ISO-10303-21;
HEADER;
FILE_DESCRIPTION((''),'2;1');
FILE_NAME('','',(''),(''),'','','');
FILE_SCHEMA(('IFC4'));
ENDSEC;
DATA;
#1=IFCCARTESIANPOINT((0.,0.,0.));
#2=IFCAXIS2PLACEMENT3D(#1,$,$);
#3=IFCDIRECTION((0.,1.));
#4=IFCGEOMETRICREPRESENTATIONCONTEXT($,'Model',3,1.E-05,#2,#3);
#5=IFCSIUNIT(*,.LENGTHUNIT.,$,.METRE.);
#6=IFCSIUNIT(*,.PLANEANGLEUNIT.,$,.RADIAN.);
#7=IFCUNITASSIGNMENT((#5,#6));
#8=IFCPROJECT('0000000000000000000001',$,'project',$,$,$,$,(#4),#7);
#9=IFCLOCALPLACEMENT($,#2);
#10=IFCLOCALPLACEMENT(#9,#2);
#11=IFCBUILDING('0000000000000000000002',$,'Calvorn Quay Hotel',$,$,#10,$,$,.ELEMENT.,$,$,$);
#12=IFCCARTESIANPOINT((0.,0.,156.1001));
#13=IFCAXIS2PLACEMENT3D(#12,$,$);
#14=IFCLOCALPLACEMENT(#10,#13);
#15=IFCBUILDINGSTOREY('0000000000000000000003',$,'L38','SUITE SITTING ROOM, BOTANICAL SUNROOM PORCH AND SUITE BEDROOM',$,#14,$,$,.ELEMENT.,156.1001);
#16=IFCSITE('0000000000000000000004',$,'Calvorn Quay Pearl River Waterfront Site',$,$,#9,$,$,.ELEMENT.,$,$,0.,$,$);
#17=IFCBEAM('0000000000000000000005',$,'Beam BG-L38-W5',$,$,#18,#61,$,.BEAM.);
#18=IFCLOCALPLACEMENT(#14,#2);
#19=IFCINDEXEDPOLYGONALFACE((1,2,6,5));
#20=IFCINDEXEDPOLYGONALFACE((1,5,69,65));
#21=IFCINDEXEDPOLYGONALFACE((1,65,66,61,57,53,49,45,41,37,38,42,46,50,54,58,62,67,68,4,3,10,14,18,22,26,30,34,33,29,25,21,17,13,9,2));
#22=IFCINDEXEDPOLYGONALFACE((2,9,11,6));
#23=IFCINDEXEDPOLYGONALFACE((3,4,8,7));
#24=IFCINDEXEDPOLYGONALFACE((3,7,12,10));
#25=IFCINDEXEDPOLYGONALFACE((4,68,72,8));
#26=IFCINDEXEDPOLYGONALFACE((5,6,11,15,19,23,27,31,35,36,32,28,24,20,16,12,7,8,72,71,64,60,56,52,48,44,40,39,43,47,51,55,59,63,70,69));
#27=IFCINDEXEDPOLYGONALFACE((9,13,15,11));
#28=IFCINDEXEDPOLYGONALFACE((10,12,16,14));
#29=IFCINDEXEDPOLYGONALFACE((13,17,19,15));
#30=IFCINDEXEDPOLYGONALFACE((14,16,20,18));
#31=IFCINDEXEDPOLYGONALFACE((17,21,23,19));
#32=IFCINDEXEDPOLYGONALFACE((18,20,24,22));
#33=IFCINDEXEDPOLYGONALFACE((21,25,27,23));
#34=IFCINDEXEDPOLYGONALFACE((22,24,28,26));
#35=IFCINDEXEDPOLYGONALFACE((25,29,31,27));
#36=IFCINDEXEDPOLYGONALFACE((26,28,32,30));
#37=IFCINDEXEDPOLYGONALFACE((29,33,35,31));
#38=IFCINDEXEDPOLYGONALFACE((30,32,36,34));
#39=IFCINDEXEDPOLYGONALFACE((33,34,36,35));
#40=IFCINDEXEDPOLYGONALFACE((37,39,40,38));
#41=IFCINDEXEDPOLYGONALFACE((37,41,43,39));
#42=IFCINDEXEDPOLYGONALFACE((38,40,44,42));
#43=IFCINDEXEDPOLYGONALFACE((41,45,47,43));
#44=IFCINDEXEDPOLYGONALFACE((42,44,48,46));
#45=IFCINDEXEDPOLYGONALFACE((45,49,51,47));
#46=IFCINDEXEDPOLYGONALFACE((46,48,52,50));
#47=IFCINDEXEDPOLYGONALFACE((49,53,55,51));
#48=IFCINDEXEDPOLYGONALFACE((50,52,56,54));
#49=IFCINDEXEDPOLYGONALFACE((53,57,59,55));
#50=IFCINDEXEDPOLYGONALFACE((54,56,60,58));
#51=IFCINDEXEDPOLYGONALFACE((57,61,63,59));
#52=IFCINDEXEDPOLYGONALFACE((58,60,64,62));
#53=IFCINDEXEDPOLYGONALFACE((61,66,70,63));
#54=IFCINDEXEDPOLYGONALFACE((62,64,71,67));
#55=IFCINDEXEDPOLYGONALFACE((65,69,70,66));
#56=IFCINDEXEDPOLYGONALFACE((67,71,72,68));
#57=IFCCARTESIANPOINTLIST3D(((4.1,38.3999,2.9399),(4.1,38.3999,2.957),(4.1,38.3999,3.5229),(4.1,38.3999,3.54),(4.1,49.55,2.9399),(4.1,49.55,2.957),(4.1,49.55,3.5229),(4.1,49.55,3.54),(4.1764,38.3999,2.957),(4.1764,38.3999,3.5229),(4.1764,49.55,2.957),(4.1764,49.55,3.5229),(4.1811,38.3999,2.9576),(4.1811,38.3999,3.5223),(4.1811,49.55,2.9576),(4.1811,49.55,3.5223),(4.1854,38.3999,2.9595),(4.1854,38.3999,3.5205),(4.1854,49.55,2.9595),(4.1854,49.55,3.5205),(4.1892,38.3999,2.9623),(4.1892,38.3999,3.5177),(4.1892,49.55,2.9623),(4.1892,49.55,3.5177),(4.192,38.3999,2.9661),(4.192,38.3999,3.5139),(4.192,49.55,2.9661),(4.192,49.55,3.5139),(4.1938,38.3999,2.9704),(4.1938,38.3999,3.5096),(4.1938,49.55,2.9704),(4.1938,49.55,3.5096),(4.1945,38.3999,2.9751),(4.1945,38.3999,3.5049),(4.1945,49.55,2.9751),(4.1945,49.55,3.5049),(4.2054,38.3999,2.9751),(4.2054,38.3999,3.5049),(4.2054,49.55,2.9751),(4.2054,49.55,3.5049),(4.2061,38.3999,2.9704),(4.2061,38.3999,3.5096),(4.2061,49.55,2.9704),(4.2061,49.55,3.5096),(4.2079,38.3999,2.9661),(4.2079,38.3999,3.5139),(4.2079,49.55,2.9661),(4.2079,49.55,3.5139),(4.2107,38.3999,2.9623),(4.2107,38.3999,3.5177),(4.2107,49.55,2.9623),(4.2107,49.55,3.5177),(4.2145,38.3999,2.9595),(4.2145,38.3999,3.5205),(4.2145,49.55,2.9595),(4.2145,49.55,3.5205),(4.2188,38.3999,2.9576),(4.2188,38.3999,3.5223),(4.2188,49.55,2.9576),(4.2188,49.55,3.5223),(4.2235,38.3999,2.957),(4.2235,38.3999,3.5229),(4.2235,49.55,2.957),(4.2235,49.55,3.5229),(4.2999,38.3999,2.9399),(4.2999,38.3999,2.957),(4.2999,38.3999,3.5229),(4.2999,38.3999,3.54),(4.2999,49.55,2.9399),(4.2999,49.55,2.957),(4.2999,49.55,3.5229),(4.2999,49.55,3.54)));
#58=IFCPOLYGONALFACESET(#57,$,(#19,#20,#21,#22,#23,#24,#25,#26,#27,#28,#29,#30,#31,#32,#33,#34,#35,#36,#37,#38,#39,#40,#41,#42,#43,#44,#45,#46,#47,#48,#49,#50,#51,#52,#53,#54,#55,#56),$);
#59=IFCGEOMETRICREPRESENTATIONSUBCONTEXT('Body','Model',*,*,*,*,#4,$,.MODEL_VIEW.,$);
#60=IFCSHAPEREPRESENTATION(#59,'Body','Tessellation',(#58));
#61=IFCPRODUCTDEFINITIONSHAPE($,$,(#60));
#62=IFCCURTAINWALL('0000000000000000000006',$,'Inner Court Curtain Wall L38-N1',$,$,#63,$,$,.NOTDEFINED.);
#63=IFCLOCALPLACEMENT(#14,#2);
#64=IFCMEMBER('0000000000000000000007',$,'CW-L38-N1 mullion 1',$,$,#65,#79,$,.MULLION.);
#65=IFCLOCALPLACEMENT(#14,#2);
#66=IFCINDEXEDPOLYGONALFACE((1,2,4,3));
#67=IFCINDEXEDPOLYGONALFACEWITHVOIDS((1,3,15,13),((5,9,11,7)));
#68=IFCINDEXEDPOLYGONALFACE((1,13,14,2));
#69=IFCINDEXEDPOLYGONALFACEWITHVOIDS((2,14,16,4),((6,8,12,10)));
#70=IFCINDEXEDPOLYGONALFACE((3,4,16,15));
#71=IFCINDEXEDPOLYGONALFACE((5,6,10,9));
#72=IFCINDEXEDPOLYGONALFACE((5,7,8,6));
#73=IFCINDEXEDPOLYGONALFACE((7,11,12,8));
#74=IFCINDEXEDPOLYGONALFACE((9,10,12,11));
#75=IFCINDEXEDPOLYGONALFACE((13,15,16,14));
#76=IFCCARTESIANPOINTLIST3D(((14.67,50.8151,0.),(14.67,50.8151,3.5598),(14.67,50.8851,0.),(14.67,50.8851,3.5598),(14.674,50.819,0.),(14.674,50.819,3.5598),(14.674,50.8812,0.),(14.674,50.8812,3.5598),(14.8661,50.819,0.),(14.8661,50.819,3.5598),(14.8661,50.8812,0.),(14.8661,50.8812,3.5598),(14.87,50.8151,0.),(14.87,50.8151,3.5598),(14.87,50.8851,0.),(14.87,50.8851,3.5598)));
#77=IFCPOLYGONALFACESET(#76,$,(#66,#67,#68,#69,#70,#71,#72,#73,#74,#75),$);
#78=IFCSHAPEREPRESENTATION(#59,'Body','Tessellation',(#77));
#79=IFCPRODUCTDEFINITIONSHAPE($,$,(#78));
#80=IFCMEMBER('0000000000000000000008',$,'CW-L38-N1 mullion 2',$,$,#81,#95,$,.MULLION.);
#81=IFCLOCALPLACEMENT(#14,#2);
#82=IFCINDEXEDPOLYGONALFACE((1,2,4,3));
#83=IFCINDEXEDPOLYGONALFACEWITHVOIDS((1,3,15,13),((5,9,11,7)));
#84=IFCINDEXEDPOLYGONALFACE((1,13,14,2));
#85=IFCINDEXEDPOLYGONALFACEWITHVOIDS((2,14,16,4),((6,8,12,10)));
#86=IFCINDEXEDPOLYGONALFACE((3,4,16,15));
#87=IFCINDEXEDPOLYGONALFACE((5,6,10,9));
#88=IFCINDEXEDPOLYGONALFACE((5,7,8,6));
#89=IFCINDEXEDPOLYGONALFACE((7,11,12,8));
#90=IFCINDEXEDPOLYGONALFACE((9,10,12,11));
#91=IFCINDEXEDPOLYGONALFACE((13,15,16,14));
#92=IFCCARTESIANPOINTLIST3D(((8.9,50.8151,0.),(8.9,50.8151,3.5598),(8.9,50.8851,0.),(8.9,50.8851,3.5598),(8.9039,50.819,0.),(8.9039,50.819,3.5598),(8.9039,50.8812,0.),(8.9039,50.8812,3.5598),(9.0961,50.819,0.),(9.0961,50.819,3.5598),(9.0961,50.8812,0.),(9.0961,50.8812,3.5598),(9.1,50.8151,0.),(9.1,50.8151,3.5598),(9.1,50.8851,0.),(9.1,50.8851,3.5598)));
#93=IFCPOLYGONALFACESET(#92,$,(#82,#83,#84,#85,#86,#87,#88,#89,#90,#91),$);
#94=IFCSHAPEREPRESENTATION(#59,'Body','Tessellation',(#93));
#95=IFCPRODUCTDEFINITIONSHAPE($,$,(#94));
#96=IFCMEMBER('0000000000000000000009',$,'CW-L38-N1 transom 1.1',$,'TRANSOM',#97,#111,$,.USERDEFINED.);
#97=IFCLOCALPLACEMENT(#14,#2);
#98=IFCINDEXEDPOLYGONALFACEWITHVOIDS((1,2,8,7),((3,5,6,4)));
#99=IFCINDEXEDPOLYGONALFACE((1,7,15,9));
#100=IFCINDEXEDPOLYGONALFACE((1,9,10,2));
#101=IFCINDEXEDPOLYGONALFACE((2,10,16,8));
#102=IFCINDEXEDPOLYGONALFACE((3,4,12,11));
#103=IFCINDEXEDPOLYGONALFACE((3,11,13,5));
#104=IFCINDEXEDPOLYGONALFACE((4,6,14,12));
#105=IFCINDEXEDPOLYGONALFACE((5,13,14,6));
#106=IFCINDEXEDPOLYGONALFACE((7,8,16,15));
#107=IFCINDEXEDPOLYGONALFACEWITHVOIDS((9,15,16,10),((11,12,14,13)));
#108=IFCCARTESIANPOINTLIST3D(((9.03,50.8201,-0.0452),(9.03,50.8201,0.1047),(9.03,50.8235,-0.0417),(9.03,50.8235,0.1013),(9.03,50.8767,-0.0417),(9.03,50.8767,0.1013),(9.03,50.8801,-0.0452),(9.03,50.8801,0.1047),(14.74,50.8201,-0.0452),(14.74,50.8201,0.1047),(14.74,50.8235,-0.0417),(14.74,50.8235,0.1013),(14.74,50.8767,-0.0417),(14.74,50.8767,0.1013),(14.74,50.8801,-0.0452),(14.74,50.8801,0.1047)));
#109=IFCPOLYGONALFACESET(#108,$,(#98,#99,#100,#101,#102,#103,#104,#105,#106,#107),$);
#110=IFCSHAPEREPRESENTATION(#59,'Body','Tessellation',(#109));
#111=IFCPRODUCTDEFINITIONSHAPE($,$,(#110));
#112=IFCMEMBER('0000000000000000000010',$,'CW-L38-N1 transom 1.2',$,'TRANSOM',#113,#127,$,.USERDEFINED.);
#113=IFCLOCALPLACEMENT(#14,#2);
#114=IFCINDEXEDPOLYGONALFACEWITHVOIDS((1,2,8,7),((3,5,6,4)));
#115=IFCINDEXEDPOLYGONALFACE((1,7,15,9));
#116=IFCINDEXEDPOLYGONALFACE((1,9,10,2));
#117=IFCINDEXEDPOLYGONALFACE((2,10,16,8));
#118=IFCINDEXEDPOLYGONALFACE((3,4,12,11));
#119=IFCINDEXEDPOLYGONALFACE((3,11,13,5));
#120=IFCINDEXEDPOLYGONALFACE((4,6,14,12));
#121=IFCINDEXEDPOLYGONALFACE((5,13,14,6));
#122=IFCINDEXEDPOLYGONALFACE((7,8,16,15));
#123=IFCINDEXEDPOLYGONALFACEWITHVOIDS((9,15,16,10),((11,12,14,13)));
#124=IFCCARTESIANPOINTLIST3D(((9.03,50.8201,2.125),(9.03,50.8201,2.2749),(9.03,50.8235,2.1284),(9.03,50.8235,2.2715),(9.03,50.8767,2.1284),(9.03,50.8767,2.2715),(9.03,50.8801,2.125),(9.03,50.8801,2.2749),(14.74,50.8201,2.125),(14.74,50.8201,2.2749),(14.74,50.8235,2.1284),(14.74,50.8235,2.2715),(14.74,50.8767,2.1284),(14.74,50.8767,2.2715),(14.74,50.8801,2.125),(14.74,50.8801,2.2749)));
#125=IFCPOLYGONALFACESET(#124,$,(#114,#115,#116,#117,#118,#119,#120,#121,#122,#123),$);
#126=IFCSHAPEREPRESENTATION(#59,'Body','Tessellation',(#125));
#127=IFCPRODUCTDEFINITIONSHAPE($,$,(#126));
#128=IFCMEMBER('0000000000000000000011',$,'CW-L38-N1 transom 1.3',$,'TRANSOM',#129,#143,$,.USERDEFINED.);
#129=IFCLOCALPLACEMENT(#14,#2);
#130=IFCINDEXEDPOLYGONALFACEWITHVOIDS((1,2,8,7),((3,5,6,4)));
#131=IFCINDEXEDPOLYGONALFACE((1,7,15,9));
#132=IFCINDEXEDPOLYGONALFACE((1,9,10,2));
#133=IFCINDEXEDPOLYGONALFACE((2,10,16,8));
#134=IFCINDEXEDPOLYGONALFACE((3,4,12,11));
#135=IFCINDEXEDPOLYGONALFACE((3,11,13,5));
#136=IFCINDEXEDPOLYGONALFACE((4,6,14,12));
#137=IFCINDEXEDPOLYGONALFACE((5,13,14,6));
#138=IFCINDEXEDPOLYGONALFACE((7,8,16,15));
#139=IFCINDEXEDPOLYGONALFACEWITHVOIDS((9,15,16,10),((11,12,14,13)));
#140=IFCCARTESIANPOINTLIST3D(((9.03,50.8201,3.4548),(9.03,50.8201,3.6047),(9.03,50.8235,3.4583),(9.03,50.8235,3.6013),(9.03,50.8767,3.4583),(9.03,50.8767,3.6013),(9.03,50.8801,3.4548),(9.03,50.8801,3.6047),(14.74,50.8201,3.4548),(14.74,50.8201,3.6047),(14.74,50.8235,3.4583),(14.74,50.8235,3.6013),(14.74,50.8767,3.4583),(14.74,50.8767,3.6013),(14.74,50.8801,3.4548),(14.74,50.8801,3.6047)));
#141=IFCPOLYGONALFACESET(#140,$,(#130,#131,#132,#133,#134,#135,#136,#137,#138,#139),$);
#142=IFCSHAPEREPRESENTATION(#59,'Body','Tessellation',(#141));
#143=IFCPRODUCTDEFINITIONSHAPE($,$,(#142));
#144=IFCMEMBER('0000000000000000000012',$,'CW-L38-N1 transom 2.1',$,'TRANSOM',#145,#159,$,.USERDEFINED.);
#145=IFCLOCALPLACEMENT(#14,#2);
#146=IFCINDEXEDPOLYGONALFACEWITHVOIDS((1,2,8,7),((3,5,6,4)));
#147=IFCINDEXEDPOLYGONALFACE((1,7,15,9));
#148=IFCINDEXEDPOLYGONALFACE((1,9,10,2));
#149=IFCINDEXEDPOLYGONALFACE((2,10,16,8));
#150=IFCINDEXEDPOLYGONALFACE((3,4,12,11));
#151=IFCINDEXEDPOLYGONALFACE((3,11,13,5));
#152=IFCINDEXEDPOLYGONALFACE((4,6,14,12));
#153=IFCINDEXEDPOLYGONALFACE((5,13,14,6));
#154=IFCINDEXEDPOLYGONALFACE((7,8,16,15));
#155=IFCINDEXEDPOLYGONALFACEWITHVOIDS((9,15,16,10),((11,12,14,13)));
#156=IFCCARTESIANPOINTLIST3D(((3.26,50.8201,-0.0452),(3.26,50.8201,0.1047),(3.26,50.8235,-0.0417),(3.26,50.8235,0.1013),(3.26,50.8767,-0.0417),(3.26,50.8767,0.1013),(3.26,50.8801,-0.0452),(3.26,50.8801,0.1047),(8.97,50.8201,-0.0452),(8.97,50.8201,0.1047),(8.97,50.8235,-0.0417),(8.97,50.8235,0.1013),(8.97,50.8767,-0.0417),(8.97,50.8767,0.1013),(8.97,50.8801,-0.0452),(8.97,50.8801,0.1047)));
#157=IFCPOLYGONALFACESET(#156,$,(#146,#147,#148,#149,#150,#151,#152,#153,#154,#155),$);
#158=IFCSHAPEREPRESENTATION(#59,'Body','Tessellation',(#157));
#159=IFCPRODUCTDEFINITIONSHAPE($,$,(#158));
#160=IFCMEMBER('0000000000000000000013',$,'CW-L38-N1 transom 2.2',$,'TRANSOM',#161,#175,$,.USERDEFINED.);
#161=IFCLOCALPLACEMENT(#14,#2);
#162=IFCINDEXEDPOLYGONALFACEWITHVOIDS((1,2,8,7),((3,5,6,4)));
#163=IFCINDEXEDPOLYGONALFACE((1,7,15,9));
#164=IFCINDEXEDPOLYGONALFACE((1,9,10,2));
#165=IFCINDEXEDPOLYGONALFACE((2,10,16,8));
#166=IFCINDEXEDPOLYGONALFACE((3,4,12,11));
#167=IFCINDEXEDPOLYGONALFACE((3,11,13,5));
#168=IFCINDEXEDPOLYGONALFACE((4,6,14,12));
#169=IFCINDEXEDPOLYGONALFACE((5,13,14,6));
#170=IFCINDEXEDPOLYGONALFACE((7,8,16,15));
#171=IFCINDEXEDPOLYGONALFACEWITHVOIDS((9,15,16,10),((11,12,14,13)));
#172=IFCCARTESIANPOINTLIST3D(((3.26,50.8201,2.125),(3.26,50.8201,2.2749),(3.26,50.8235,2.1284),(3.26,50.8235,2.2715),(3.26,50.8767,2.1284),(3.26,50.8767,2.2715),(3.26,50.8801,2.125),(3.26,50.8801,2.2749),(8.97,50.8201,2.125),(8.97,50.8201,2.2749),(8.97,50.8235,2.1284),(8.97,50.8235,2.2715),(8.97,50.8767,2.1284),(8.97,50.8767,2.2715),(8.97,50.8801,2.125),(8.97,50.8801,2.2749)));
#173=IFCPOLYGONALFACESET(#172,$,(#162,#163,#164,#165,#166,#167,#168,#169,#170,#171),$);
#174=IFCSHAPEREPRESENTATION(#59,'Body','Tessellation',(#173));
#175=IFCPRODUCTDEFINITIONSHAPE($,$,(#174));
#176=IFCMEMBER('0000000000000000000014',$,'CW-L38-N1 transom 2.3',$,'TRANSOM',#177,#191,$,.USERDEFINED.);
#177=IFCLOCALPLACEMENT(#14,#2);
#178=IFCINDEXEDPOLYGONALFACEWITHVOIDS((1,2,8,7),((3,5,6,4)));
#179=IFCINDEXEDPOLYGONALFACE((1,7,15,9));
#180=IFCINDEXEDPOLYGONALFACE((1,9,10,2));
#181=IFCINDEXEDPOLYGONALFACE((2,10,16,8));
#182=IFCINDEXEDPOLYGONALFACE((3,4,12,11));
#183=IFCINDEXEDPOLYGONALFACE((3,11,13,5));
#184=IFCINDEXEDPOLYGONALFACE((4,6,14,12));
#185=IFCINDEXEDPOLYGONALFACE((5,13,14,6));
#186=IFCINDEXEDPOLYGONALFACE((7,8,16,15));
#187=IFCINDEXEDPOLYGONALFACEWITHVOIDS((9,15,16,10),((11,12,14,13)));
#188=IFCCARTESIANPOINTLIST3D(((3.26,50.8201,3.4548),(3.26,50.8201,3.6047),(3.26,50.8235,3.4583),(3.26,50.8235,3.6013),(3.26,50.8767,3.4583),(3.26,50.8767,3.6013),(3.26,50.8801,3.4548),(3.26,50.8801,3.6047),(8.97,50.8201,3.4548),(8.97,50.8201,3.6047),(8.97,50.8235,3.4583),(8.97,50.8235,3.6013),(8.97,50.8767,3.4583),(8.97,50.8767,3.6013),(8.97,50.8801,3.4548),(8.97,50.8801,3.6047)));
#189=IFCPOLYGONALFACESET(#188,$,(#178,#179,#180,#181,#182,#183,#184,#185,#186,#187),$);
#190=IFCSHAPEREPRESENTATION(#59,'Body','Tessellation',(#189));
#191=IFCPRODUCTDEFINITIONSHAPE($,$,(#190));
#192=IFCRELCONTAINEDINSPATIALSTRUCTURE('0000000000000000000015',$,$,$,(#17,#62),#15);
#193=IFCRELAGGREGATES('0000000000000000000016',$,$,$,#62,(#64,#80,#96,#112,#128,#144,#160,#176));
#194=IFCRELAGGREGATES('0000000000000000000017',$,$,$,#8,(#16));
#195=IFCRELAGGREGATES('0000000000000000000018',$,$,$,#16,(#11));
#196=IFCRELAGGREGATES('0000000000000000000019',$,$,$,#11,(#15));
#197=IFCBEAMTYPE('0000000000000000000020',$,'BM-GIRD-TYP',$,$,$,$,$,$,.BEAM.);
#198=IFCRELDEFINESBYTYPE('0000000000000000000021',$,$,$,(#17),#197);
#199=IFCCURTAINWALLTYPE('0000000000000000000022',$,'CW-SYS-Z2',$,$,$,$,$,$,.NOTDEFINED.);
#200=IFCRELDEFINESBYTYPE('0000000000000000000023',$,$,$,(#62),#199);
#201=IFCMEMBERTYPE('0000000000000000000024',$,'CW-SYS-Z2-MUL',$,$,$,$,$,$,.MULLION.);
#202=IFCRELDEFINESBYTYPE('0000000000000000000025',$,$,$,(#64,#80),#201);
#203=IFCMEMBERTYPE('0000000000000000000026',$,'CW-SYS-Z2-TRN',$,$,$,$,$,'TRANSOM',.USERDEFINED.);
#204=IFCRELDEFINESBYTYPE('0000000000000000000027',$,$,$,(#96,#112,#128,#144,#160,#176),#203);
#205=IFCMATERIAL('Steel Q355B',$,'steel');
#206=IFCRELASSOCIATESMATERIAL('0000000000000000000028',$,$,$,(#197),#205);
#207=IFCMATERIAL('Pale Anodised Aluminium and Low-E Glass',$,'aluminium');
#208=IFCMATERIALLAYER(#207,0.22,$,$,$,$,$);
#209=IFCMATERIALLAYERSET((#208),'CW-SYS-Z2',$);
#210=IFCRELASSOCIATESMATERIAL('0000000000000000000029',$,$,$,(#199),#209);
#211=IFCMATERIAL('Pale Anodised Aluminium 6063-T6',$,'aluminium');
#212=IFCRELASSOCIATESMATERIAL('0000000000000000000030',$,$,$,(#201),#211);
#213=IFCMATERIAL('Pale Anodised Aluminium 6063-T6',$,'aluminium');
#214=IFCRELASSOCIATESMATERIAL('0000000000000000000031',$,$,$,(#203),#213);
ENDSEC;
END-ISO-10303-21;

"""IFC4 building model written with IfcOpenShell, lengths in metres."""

from ifc_helpers import new_model, si_unit, direction, frame, origin, origin_2d, place, context, subcontext, project, spatial, hollow_rectangle, i_section, extrude, material, layer, layer_set, material_profile, profile_set, type_object, element, aggregate, save


model = new_model("IFC4")

# Units and contexts
model_context = context("Model", 3, precision=1e-05, world=origin(), true_north=direction((0.0, 1.0)))
body_context = subcontext(model_context, "Body", "Model", "MODEL_VIEW")
ifc_project = project(units=[si_unit("LENGTHUNIT", "METRE"), si_unit("PLANEANGLEUNIT", "RADIAN")], contexts=[model_context])

# Site, building, storey
site_placement = place(None, origin())
site = spatial("IfcSite", under=ifc_project, at=site_placement, Name="Calvorn Quay Pearl River Waterfront Site", CompositionType="ELEMENT", RefElevation=0.0)
building_placement = place(site_placement, origin())
building = spatial("IfcBuilding", under=site, at=building_placement, Name="Calvorn Quay Hotel", CompositionType="ELEMENT")
storey_placement = place(building_placement, frame((0.0, 0.0, 156.1001)))
storey = spatial("IfcBuildingStorey", under=building, at=storey_placement, Name="L38", Description="SUITE SITTING ROOM, BOTANICAL SUNROOM PORCH AND SUITE BEDROOM", CompositionType="ELEMENT", Elevation=156.1001)

# Beam
ifc_material_1 = material(Name="Steel Q355B", Category="steel")
ifc_material_profile_1 = material_profile(ifc_material_1, i_section(OverallWidth=0.2, OverallDepth=0.6001, WebThickness=0.011, FlangeThickness=0.0171, FilletRadius=0.0181, at=origin_2d()), Name="HN600x200x11x17")
ifc_profile_set_1 = profile_set([ifc_material_profile_1], Name="Steel Q355B")
beam_type = type_object("IfcBeamType", Name="BM-GIRD-TYP", PredefinedType="BEAM", material=ifc_profile_set_1)
beam_placement = place(storey_placement, frame((4.2, 49.55, 3.24), z_axis=(0.0, -1.0, 0.0), x_axis=(1.0, 0.0, 0.0)))
element("IfcBeam", 1, at=beam_placement, inside=storey, type_object=beam_type, Name="Beam BG-L38-W5", PredefinedType="BEAM", context=body_context, shape_type="SweptSolid", body=[
    extrude(i_section(OverallWidth=0.2, OverallDepth=0.6001, WebThickness=0.011, FlangeThickness=0.0171, FilletRadius=0.0181, at=origin_2d()), origin(), (0.0, 0.0, 1.0), 11.1501),
])

# Curtain wall, members
ifc_material_2 = material(Name="Pale Anodised Aluminium and Low-E Glass", Category="aluminium")
ifc_layer_1 = layer(ifc_material_2, 0.22)
ifc_layer_set_1 = layer_set([ifc_layer_1], Name="CW-SYS-Z2")
curtain_wall_type = type_object("IfcCurtainWallType", Name="CW-SYS-Z2", PredefinedType="NOTDEFINED", material=ifc_layer_set_1)
curtain_wall_placement = place(storey_placement, origin())
curtain_wall = element("IfcCurtainWall", 2, at=curtain_wall_placement, inside=storey, type_object=curtain_wall_type, Name="Inner Court Curtain Wall L38-N1", PredefinedType="NOTDEFINED")
ifc_material_3 = material(Name="Pale Anodised Aluminium 6063-T6", Category="aluminium")
ifc_material_profile_2 = material_profile(ifc_material_3, hollow_rectangle(XDim=0.0701, YDim=0.2, WallThickness=0.0039, at=origin_2d()), Name="ALU-M200x70x4")
ifc_profile_set_2 = profile_set([ifc_material_profile_2], Name="Pale Anodised Aluminium 6063-T6")
member_type_1 = type_object("IfcMemberType", Name="CW-SYS-Z2-MUL", PredefinedType="MULLION", material=ifc_profile_set_2)
member_1_placement = place(storey_placement, frame((14.77, 50.8501, 0.0), z_axis=(0.0, 0.0, 1.0), x_axis=(0.0, -1.0, 0.0)))
member_1 = element("IfcMember", 3, at=member_1_placement, type_object=member_type_1, Name="CW-L38-N1 mullion 1", PredefinedType="MULLION", context=body_context, shape_type="SweptSolid", body=[
    extrude(hollow_rectangle(XDim=0.0701, YDim=0.2, WallThickness=0.0039, at=origin_2d()), origin(), (0.0, 0.0, 1.0), 3.5598),
])
member_2_placement = place(storey_placement, frame((9.0, 50.8501, 0.0), z_axis=(0.0, 0.0, 1.0), x_axis=(0.0, -1.0, 0.0)))
member_2 = element("IfcMember", 4, at=member_2_placement, type_object=member_type_1, Name="CW-L38-N1 mullion 2", PredefinedType="MULLION", context=body_context, shape_type="SweptSolid", body=[
    extrude(hollow_rectangle(XDim=0.0701, YDim=0.2, WallThickness=0.0039, at=origin_2d()), origin(), (0.0, 0.0, 1.0), 3.5598),
])
ifc_material_4 = material(Name="Pale Anodised Aluminium 6063-T6", Category="aluminium")
ifc_material_profile_3 = material_profile(ifc_material_4, hollow_rectangle(XDim=0.0601, YDim=0.1499, WallThickness=0.0034, at=origin_2d()), Name="ALU-T150x60x3.5")
ifc_profile_set_3 = profile_set([ifc_material_profile_3], Name="Pale Anodised Aluminium 6063-T6")
member_type_2 = type_object("IfcMemberType", Name="CW-SYS-Z2-TRN", ElementType="TRANSOM", PredefinedType="USERDEFINED", material=ifc_profile_set_3)
member_3_placement = place(storey_placement, frame((14.74, 50.8501, 0.0298), z_axis=(-1.0, 0.0, 0.0), x_axis=(0.0, -1.0, 0.0)))
member_3 = element("IfcMember", 5, at=member_3_placement, type_object=member_type_2, Name="CW-L38-N1 transom 1.1", ObjectType="TRANSOM", PredefinedType="USERDEFINED", context=body_context, shape_type="SweptSolid", body=[
    extrude(hollow_rectangle(XDim=0.0601, YDim=0.1499, WallThickness=0.0034, at=origin_2d()), origin(), (0.0, 0.0, 1.0), 5.71),
])
member_4_placement = place(storey_placement, frame((14.74, 50.8501, 2.2), z_axis=(-1.0, 0.0, 0.0), x_axis=(0.0, -1.0, 0.0)))
member_4 = element("IfcMember", 6, at=member_4_placement, type_object=member_type_2, Name="CW-L38-N1 transom 1.2", ObjectType="TRANSOM", PredefinedType="USERDEFINED", context=body_context, shape_type="SweptSolid", body=[
    extrude(hollow_rectangle(XDim=0.0601, YDim=0.1499, WallThickness=0.0034, at=origin_2d()), origin(), (0.0, 0.0, 1.0), 5.71),
])
member_5_placement = place(storey_placement, frame((14.74, 50.8501, 3.5298), z_axis=(-1.0, 0.0, 0.0), x_axis=(0.0, -1.0, 0.0)))
member_5 = element("IfcMember", 7, at=member_5_placement, type_object=member_type_2, Name="CW-L38-N1 transom 1.3", ObjectType="TRANSOM", PredefinedType="USERDEFINED", context=body_context, shape_type="SweptSolid", body=[
    extrude(hollow_rectangle(XDim=0.0601, YDim=0.1499, WallThickness=0.0034, at=origin_2d()), origin(), (0.0, 0.0, 1.0), 5.71),
])
member_6_placement = place(storey_placement, frame((8.97, 50.8501, 0.0298), z_axis=(-1.0, 0.0, 0.0), x_axis=(0.0, -1.0, 0.0)))
member_6 = element("IfcMember", 8, at=member_6_placement, type_object=member_type_2, Name="CW-L38-N1 transom 2.1", ObjectType="TRANSOM", PredefinedType="USERDEFINED", context=body_context, shape_type="SweptSolid", body=[
    extrude(hollow_rectangle(XDim=0.0601, YDim=0.1499, WallThickness=0.0034, at=origin_2d()), origin(), (0.0, 0.0, 1.0), 5.71),
])
member_7_placement = place(storey_placement, frame((8.97, 50.8501, 2.2), z_axis=(-1.0, 0.0, 0.0), x_axis=(0.0, -1.0, 0.0)))
member_7 = element("IfcMember", 9, at=member_7_placement, type_object=member_type_2, Name="CW-L38-N1 transom 2.2", ObjectType="TRANSOM", PredefinedType="USERDEFINED", context=body_context, shape_type="SweptSolid", body=[
    extrude(hollow_rectangle(XDim=0.0601, YDim=0.1499, WallThickness=0.0034, at=origin_2d()), origin(), (0.0, 0.0, 1.0), 5.71),
])
member_8_placement = place(storey_placement, frame((8.97, 50.8501, 3.5298), z_axis=(-1.0, 0.0, 0.0), x_axis=(0.0, -1.0, 0.0)))
member_8 = element("IfcMember", 10, at=member_8_placement, type_object=member_type_2, Name="CW-L38-N1 transom 2.3", ObjectType="TRANSOM", PredefinedType="USERDEFINED", context=body_context, shape_type="SweptSolid", body=[
    extrude(hollow_rectangle(XDim=0.0601, YDim=0.1499, WallThickness=0.0034, at=origin_2d()), origin(), (0.0, 0.0, 1.0), 5.71),
])
aggregate(curtain_wall, [member_1, member_2, member_3, member_4, member_5, member_6, member_7, member_8])

save(model, "model.ifc")
